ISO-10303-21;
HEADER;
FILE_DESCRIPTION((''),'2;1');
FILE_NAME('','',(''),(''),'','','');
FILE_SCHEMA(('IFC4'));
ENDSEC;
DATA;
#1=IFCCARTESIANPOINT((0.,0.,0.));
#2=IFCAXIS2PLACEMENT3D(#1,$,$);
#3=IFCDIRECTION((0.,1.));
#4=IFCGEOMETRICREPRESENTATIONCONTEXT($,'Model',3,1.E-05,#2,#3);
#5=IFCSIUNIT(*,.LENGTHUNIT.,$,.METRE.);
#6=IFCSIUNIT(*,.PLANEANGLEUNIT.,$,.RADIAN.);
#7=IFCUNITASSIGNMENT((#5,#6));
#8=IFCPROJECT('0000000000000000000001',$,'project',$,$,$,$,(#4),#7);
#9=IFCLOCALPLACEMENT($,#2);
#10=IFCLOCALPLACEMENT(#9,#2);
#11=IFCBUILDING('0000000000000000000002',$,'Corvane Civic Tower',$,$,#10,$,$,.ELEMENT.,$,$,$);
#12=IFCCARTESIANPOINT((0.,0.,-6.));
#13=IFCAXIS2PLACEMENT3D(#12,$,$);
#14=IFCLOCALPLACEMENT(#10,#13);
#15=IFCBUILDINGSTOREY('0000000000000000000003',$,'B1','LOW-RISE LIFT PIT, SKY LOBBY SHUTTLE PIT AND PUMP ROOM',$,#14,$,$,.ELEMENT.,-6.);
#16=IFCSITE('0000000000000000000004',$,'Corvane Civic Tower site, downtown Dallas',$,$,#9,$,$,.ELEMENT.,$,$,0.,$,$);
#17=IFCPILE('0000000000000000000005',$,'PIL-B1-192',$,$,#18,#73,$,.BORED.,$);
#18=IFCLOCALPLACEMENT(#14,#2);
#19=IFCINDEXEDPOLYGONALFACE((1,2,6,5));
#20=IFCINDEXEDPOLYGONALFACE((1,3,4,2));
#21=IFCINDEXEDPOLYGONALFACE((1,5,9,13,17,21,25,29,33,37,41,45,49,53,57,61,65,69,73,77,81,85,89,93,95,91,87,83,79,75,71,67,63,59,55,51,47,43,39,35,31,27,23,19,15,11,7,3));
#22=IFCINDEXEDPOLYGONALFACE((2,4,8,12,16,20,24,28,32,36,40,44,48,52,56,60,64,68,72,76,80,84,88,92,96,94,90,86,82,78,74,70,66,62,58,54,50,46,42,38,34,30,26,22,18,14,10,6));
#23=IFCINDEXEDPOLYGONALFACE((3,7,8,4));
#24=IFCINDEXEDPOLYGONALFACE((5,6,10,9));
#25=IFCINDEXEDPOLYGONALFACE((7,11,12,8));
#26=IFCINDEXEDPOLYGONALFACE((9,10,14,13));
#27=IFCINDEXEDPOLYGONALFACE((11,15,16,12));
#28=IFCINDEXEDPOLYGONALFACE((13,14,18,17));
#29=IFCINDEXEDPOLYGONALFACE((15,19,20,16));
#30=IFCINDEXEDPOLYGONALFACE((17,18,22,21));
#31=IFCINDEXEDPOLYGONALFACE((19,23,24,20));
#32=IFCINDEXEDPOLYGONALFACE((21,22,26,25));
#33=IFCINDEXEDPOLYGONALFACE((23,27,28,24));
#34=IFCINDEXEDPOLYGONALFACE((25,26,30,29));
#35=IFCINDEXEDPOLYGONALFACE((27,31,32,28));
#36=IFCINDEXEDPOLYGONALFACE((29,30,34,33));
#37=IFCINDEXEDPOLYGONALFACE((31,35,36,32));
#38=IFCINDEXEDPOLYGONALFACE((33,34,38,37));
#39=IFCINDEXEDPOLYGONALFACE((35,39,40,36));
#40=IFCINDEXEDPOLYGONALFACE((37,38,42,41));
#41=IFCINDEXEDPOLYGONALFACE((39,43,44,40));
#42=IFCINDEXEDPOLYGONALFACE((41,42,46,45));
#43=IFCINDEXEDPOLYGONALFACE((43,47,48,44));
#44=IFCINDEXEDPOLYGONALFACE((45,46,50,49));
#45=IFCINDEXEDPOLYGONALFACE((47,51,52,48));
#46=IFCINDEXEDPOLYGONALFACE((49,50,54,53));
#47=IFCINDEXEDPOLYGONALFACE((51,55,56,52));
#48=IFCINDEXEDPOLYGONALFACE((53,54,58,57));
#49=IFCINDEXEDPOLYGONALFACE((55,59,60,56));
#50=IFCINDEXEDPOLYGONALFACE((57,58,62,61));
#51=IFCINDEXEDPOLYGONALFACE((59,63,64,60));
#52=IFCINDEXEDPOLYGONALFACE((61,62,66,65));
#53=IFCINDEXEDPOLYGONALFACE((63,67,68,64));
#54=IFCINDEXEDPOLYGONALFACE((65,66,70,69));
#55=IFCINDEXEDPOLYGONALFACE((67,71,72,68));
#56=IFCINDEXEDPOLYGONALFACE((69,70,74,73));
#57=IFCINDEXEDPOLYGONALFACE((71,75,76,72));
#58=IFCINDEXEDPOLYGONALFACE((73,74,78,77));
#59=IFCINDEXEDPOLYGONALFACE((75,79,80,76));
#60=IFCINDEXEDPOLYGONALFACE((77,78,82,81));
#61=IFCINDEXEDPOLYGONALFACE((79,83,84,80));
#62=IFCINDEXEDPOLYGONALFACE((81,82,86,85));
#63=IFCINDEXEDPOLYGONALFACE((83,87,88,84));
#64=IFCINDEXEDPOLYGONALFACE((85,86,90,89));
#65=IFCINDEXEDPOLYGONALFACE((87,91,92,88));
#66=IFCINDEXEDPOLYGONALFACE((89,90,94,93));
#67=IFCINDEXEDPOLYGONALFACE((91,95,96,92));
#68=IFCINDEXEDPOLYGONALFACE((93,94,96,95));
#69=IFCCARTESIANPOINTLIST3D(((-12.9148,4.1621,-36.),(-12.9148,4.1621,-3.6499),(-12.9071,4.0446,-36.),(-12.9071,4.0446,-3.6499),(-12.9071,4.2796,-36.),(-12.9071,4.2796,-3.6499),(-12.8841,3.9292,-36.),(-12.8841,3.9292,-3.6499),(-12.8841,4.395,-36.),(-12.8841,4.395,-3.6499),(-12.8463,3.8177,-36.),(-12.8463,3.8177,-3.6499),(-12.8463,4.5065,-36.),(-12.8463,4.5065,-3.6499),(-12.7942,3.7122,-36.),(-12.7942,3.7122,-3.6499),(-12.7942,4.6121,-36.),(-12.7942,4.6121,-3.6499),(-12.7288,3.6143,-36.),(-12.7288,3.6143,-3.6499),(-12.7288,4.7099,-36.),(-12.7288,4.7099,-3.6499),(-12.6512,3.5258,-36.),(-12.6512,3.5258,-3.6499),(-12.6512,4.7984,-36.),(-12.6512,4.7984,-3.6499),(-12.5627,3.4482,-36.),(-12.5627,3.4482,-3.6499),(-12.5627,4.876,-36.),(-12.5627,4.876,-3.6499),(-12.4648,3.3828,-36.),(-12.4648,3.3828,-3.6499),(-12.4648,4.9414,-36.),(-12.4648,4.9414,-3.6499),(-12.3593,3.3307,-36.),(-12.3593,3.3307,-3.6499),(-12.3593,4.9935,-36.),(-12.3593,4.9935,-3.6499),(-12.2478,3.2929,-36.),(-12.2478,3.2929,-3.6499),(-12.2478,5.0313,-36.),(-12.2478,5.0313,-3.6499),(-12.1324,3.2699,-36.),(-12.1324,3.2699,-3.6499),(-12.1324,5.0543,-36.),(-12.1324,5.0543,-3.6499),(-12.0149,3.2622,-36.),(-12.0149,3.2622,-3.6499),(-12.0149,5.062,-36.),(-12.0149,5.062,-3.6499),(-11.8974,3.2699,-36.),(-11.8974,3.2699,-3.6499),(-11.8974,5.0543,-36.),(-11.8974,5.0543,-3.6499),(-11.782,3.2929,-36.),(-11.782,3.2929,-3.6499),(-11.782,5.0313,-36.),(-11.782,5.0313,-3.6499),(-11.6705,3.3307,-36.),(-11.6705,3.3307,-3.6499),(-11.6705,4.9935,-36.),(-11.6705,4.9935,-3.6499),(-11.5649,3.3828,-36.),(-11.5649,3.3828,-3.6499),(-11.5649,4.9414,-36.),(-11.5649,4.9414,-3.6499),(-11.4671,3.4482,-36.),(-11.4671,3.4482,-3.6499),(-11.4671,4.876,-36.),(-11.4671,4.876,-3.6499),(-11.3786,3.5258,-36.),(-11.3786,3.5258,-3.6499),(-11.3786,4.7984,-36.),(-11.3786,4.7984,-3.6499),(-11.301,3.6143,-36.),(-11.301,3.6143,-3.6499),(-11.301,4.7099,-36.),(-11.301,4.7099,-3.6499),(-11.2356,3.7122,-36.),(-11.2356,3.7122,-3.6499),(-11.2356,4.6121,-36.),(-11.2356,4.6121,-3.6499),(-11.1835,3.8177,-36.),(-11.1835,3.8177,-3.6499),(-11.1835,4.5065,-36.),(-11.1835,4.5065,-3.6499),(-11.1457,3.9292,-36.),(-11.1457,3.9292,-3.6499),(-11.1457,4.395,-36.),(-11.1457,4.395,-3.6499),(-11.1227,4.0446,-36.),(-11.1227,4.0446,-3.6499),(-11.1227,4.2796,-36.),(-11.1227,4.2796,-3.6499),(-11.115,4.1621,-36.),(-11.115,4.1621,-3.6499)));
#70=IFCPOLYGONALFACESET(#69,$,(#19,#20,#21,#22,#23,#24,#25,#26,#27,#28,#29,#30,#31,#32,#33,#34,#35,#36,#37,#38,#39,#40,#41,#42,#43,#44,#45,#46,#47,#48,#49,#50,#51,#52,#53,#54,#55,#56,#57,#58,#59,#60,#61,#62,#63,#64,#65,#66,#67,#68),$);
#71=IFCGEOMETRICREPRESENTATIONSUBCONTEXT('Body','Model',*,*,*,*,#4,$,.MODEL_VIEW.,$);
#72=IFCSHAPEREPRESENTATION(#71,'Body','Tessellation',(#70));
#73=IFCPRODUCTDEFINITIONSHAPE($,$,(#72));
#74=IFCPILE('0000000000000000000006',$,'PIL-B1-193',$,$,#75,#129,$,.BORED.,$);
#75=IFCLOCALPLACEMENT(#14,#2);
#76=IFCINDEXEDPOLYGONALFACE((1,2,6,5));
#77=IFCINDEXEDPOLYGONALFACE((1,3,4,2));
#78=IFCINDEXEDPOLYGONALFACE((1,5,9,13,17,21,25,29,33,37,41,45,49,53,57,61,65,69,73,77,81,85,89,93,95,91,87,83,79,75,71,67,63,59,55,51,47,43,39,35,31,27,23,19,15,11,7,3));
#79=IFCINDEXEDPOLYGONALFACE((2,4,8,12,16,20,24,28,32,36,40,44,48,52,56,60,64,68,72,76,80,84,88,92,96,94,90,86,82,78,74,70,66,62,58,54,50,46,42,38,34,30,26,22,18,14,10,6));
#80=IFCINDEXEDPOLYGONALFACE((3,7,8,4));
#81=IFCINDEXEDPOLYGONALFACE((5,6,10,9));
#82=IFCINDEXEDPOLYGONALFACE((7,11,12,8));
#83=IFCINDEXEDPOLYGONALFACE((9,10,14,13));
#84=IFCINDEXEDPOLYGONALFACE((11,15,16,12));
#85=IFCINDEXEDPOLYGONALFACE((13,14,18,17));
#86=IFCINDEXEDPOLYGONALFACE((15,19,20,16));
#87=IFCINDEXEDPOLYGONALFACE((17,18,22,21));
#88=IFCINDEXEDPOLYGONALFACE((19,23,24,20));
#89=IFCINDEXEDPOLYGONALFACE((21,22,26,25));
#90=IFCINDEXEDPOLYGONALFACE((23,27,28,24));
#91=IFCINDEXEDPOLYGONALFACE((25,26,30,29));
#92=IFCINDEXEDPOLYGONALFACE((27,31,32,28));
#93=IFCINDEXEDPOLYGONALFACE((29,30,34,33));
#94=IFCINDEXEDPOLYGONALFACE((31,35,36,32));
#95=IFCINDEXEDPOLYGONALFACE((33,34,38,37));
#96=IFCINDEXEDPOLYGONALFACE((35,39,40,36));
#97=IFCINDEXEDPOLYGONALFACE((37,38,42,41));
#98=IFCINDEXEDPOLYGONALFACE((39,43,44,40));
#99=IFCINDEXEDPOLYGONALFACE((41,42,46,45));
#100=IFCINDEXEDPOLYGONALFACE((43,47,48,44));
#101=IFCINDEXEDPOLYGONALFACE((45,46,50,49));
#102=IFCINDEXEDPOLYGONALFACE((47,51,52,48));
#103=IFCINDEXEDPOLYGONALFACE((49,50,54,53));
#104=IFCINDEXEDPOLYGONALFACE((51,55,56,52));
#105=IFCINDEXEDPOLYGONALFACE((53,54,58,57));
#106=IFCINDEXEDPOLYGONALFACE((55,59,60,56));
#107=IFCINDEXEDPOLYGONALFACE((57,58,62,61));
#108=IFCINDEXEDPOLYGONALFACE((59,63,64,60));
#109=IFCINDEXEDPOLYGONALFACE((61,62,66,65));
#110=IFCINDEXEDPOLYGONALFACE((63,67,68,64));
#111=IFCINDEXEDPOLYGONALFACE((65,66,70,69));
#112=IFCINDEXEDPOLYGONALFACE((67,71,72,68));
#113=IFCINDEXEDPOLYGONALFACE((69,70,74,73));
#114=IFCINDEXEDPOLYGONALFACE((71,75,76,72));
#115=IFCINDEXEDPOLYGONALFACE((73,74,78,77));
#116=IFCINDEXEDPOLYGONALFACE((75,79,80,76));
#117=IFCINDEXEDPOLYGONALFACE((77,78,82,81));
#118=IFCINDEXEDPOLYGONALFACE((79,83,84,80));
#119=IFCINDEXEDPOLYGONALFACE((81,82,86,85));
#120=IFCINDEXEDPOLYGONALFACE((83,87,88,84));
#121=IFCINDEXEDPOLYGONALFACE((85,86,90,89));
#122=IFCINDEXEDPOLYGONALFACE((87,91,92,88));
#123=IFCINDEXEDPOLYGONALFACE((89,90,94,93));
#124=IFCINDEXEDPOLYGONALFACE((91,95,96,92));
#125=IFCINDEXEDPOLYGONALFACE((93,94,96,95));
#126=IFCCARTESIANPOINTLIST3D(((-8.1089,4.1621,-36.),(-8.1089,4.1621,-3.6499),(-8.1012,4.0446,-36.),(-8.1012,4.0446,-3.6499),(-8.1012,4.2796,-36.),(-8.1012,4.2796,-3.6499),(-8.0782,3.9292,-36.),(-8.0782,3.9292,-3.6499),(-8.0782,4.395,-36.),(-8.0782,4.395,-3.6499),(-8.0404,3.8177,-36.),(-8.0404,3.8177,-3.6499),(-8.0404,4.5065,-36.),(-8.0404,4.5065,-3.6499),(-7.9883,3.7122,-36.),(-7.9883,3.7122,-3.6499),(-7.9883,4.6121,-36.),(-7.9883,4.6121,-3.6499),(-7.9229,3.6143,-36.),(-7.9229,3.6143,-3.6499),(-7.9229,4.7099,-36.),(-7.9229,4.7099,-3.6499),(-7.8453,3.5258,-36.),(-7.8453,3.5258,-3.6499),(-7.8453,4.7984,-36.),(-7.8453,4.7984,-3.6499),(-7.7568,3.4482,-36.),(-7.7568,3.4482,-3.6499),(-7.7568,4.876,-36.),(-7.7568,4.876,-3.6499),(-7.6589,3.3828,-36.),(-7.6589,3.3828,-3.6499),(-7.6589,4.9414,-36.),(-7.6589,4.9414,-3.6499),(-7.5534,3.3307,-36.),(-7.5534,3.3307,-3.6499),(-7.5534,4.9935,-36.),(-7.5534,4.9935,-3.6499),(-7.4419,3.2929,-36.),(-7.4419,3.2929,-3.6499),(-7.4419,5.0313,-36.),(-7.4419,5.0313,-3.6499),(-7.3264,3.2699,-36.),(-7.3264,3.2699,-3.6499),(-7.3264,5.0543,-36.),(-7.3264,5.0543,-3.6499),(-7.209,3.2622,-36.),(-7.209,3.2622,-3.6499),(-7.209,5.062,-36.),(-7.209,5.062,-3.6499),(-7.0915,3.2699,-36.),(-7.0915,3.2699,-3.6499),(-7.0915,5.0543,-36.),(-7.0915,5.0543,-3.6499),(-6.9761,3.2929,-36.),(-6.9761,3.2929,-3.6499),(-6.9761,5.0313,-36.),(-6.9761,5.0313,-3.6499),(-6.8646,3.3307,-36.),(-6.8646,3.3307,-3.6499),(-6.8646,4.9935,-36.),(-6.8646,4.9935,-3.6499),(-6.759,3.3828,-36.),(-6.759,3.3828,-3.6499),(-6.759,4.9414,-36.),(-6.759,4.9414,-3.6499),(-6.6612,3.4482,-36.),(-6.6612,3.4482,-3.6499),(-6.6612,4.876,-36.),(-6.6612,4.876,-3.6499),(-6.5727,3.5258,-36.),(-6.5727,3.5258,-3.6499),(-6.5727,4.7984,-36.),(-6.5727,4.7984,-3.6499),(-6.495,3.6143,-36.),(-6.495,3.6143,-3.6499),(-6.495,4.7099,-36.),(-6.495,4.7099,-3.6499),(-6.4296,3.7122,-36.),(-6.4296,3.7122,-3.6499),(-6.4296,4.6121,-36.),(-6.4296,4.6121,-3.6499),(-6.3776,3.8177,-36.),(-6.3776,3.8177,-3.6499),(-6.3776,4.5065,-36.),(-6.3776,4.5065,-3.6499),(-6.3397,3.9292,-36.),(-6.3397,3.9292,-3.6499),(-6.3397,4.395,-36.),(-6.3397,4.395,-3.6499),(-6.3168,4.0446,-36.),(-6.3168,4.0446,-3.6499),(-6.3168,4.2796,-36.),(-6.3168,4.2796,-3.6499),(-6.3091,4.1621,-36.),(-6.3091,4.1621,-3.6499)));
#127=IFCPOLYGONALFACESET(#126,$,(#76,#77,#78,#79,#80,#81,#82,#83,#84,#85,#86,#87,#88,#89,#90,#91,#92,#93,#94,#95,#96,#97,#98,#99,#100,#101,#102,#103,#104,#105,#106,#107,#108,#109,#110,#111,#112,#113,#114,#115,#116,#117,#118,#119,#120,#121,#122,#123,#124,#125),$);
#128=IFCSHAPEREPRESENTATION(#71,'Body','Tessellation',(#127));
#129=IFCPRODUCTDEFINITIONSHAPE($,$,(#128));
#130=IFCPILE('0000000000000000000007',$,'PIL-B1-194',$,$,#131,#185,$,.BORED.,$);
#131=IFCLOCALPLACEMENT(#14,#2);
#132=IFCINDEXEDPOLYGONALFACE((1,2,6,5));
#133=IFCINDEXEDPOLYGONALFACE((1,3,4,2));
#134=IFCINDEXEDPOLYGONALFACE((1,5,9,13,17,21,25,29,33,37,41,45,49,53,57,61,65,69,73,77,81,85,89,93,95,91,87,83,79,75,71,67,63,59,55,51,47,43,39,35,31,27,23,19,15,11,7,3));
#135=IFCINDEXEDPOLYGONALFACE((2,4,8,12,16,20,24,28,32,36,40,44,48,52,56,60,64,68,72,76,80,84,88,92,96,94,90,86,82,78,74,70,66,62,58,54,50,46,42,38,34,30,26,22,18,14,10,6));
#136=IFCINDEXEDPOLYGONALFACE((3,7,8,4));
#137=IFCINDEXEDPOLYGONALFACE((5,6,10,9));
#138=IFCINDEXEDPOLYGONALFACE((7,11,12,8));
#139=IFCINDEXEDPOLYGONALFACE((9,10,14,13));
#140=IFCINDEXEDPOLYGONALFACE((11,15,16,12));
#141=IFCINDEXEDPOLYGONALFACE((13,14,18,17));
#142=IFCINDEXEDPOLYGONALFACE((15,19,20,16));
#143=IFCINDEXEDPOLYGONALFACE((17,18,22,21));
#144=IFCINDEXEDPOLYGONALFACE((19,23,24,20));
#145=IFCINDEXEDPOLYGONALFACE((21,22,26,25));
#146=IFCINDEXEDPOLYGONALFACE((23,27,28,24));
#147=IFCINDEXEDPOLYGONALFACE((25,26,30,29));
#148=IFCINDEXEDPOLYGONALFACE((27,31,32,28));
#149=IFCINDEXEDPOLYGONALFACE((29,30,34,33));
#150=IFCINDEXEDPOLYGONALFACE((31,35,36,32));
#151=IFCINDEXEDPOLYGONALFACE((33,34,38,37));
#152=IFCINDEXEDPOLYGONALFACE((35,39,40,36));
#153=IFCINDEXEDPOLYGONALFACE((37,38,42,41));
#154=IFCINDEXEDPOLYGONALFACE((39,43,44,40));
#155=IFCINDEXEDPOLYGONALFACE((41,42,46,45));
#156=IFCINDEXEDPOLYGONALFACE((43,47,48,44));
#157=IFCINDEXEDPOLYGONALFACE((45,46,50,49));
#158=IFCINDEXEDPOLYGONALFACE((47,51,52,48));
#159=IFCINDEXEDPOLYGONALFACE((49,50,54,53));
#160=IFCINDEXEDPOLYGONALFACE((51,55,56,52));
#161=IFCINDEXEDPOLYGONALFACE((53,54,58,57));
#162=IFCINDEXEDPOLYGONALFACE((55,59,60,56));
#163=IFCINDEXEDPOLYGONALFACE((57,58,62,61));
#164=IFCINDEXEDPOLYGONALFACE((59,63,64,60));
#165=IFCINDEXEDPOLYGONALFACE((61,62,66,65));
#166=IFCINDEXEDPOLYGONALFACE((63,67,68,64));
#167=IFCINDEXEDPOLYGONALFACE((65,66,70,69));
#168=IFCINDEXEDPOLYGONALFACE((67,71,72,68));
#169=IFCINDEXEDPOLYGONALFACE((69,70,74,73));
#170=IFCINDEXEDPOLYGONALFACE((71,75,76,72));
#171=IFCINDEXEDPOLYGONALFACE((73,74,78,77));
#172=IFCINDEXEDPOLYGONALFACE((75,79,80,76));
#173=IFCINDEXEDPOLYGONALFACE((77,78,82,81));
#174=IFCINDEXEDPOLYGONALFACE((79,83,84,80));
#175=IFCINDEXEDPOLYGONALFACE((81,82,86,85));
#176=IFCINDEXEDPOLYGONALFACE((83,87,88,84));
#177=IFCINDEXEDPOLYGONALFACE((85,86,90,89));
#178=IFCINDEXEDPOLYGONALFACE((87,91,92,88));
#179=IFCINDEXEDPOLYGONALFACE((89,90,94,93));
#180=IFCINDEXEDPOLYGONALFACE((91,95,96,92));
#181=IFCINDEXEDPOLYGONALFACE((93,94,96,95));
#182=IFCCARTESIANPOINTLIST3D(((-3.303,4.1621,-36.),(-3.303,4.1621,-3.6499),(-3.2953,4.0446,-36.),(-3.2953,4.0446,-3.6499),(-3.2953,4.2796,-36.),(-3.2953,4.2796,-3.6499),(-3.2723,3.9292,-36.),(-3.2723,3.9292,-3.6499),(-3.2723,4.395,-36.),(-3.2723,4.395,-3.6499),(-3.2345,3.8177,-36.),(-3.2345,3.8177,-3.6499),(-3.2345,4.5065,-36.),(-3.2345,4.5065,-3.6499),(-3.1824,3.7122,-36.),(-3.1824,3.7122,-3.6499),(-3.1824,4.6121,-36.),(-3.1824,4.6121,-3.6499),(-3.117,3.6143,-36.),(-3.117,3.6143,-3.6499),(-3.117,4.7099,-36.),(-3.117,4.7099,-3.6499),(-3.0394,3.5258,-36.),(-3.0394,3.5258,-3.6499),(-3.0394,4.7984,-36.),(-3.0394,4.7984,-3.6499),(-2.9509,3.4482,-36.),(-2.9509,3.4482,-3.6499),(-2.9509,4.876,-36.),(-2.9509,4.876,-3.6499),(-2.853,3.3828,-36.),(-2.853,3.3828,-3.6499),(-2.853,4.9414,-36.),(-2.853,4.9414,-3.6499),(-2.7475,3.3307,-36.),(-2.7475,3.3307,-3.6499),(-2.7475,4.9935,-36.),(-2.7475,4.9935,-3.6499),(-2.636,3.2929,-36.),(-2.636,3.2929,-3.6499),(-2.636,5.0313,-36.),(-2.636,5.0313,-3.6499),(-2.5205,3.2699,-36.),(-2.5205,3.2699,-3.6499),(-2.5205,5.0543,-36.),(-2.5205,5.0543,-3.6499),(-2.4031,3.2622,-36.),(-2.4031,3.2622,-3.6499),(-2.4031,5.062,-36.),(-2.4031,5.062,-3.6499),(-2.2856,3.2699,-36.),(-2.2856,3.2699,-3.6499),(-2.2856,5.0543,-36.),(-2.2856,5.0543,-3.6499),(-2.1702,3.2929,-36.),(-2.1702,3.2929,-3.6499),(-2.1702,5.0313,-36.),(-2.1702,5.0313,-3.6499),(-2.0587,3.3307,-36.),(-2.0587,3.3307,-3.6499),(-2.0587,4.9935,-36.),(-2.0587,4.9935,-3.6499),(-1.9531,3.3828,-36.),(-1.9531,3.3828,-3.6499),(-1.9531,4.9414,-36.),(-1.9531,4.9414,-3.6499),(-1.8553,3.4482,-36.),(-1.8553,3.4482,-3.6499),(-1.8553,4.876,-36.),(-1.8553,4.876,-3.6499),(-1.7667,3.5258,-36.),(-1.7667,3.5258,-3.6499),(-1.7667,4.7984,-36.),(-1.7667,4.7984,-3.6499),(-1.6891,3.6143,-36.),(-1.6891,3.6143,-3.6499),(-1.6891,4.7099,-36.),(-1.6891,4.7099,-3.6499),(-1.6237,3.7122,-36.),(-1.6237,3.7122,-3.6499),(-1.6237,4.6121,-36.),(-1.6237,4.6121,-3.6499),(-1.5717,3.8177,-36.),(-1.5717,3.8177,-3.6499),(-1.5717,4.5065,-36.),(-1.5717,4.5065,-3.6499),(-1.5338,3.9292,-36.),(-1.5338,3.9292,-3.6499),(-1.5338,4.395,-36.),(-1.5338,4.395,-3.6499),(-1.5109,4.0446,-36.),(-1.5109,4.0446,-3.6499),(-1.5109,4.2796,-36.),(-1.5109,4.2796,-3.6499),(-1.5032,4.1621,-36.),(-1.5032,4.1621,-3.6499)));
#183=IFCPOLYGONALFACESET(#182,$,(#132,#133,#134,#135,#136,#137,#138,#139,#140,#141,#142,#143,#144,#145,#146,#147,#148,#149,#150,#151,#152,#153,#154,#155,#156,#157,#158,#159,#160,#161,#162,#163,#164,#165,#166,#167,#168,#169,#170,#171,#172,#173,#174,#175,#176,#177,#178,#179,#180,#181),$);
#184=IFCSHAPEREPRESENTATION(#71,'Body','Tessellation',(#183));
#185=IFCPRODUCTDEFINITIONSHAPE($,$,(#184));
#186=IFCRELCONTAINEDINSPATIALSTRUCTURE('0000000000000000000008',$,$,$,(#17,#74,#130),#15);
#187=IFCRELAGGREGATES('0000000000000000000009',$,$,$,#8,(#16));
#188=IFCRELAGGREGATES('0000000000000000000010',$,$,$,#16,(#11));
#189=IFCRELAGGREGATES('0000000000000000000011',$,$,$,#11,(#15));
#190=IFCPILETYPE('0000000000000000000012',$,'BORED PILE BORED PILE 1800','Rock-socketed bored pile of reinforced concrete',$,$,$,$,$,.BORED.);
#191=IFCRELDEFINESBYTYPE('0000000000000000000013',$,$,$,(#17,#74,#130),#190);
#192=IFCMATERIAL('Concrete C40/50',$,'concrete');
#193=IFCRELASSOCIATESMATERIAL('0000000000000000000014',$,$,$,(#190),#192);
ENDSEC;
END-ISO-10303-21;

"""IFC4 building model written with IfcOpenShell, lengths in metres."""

from ifc_helpers import new_model, si_unit, direction, frame, origin, origin_2d, place, context, subcontext, project, spatial, circle, extrude, material, material_profile, profile_set, type_object, element, save


model = new_model("IFC4")

# Units and contexts
model_context = context("Model", 3, precision=1e-05, world=origin(), true_north=direction((0.0, 1.0)))
body_context = subcontext(model_context, "Body", "Model", "MODEL_VIEW")
ifc_project = project(units=[si_unit("LENGTHUNIT", "METRE"), si_unit("PLANEANGLEUNIT", "RADIAN")], contexts=[model_context])

# Site, building, storey
site_placement = place(None, origin())
site = spatial("IfcSite", under=ifc_project, at=site_placement, Name="Corvane Civic Tower site, downtown Dallas", CompositionType="ELEMENT", RefElevation=0.0)
building_placement = place(site_placement, origin())
building = spatial("IfcBuilding", under=site, at=building_placement, Name="Corvane Civic Tower", CompositionType="ELEMENT")
storey_placement = place(building_placement, frame((0.0, 0.0, -6.0)))
storey = spatial("IfcBuildingStorey", under=building, at=storey_placement, Name="B1", Description="LOW-RISE LIFT PIT, SKY LOBBY SHUTTLE PIT AND PUMP ROOM", CompositionType="ELEMENT", Elevation=-6.0)

# Piles
ifc_material_1 = material(Name="Concrete C40/50", Category="concrete")
ifc_material_profile_1 = material_profile(ifc_material_1, circle(Radius=0.8999, at=origin_2d()), Name="BORED PILE 1800")
ifc_profile_set_1 = profile_set([ifc_material_profile_1], Name="Concrete C40/50")
pile_type = type_object("IfcPileType", Name="BORED PILE BORED PILE 1800", Description="Rock-socketed bored pile of reinforced concrete", PredefinedType="BORED", material=ifc_profile_set_1)
for number, where, z_axis, x_axis, name in (
    (1, (-12.0149, 4.1621, -3.6499), (0.0, 0.0, -1.0), (1.0, 0.0, 0.0), "PIL-B1-192"),
    (2, (-7.209, 4.1621, -3.6499), (0.0, 0.0, -1.0), (1.0, 0.0, 0.0), "PIL-B1-193"),
    (3, (-2.4031, 4.1621, -3.6499), (0.0, 0.0, -1.0), (1.0, 0.0, 0.0), "PIL-B1-194"),
):
    element("IfcPile", number, at=place(storey_placement, frame(where, z_axis=z_axis, x_axis=x_axis)), inside=storey, type_object=pile_type, Name=name, PredefinedType="BORED", context=body_context, shape_type="SweptSolid", body=[
        extrude(circle(Radius=0.8999, at=origin_2d()), origin(), (0.0, 0.0, 1.0), 32.3501),
    ])

save(model, "model.ifc")
